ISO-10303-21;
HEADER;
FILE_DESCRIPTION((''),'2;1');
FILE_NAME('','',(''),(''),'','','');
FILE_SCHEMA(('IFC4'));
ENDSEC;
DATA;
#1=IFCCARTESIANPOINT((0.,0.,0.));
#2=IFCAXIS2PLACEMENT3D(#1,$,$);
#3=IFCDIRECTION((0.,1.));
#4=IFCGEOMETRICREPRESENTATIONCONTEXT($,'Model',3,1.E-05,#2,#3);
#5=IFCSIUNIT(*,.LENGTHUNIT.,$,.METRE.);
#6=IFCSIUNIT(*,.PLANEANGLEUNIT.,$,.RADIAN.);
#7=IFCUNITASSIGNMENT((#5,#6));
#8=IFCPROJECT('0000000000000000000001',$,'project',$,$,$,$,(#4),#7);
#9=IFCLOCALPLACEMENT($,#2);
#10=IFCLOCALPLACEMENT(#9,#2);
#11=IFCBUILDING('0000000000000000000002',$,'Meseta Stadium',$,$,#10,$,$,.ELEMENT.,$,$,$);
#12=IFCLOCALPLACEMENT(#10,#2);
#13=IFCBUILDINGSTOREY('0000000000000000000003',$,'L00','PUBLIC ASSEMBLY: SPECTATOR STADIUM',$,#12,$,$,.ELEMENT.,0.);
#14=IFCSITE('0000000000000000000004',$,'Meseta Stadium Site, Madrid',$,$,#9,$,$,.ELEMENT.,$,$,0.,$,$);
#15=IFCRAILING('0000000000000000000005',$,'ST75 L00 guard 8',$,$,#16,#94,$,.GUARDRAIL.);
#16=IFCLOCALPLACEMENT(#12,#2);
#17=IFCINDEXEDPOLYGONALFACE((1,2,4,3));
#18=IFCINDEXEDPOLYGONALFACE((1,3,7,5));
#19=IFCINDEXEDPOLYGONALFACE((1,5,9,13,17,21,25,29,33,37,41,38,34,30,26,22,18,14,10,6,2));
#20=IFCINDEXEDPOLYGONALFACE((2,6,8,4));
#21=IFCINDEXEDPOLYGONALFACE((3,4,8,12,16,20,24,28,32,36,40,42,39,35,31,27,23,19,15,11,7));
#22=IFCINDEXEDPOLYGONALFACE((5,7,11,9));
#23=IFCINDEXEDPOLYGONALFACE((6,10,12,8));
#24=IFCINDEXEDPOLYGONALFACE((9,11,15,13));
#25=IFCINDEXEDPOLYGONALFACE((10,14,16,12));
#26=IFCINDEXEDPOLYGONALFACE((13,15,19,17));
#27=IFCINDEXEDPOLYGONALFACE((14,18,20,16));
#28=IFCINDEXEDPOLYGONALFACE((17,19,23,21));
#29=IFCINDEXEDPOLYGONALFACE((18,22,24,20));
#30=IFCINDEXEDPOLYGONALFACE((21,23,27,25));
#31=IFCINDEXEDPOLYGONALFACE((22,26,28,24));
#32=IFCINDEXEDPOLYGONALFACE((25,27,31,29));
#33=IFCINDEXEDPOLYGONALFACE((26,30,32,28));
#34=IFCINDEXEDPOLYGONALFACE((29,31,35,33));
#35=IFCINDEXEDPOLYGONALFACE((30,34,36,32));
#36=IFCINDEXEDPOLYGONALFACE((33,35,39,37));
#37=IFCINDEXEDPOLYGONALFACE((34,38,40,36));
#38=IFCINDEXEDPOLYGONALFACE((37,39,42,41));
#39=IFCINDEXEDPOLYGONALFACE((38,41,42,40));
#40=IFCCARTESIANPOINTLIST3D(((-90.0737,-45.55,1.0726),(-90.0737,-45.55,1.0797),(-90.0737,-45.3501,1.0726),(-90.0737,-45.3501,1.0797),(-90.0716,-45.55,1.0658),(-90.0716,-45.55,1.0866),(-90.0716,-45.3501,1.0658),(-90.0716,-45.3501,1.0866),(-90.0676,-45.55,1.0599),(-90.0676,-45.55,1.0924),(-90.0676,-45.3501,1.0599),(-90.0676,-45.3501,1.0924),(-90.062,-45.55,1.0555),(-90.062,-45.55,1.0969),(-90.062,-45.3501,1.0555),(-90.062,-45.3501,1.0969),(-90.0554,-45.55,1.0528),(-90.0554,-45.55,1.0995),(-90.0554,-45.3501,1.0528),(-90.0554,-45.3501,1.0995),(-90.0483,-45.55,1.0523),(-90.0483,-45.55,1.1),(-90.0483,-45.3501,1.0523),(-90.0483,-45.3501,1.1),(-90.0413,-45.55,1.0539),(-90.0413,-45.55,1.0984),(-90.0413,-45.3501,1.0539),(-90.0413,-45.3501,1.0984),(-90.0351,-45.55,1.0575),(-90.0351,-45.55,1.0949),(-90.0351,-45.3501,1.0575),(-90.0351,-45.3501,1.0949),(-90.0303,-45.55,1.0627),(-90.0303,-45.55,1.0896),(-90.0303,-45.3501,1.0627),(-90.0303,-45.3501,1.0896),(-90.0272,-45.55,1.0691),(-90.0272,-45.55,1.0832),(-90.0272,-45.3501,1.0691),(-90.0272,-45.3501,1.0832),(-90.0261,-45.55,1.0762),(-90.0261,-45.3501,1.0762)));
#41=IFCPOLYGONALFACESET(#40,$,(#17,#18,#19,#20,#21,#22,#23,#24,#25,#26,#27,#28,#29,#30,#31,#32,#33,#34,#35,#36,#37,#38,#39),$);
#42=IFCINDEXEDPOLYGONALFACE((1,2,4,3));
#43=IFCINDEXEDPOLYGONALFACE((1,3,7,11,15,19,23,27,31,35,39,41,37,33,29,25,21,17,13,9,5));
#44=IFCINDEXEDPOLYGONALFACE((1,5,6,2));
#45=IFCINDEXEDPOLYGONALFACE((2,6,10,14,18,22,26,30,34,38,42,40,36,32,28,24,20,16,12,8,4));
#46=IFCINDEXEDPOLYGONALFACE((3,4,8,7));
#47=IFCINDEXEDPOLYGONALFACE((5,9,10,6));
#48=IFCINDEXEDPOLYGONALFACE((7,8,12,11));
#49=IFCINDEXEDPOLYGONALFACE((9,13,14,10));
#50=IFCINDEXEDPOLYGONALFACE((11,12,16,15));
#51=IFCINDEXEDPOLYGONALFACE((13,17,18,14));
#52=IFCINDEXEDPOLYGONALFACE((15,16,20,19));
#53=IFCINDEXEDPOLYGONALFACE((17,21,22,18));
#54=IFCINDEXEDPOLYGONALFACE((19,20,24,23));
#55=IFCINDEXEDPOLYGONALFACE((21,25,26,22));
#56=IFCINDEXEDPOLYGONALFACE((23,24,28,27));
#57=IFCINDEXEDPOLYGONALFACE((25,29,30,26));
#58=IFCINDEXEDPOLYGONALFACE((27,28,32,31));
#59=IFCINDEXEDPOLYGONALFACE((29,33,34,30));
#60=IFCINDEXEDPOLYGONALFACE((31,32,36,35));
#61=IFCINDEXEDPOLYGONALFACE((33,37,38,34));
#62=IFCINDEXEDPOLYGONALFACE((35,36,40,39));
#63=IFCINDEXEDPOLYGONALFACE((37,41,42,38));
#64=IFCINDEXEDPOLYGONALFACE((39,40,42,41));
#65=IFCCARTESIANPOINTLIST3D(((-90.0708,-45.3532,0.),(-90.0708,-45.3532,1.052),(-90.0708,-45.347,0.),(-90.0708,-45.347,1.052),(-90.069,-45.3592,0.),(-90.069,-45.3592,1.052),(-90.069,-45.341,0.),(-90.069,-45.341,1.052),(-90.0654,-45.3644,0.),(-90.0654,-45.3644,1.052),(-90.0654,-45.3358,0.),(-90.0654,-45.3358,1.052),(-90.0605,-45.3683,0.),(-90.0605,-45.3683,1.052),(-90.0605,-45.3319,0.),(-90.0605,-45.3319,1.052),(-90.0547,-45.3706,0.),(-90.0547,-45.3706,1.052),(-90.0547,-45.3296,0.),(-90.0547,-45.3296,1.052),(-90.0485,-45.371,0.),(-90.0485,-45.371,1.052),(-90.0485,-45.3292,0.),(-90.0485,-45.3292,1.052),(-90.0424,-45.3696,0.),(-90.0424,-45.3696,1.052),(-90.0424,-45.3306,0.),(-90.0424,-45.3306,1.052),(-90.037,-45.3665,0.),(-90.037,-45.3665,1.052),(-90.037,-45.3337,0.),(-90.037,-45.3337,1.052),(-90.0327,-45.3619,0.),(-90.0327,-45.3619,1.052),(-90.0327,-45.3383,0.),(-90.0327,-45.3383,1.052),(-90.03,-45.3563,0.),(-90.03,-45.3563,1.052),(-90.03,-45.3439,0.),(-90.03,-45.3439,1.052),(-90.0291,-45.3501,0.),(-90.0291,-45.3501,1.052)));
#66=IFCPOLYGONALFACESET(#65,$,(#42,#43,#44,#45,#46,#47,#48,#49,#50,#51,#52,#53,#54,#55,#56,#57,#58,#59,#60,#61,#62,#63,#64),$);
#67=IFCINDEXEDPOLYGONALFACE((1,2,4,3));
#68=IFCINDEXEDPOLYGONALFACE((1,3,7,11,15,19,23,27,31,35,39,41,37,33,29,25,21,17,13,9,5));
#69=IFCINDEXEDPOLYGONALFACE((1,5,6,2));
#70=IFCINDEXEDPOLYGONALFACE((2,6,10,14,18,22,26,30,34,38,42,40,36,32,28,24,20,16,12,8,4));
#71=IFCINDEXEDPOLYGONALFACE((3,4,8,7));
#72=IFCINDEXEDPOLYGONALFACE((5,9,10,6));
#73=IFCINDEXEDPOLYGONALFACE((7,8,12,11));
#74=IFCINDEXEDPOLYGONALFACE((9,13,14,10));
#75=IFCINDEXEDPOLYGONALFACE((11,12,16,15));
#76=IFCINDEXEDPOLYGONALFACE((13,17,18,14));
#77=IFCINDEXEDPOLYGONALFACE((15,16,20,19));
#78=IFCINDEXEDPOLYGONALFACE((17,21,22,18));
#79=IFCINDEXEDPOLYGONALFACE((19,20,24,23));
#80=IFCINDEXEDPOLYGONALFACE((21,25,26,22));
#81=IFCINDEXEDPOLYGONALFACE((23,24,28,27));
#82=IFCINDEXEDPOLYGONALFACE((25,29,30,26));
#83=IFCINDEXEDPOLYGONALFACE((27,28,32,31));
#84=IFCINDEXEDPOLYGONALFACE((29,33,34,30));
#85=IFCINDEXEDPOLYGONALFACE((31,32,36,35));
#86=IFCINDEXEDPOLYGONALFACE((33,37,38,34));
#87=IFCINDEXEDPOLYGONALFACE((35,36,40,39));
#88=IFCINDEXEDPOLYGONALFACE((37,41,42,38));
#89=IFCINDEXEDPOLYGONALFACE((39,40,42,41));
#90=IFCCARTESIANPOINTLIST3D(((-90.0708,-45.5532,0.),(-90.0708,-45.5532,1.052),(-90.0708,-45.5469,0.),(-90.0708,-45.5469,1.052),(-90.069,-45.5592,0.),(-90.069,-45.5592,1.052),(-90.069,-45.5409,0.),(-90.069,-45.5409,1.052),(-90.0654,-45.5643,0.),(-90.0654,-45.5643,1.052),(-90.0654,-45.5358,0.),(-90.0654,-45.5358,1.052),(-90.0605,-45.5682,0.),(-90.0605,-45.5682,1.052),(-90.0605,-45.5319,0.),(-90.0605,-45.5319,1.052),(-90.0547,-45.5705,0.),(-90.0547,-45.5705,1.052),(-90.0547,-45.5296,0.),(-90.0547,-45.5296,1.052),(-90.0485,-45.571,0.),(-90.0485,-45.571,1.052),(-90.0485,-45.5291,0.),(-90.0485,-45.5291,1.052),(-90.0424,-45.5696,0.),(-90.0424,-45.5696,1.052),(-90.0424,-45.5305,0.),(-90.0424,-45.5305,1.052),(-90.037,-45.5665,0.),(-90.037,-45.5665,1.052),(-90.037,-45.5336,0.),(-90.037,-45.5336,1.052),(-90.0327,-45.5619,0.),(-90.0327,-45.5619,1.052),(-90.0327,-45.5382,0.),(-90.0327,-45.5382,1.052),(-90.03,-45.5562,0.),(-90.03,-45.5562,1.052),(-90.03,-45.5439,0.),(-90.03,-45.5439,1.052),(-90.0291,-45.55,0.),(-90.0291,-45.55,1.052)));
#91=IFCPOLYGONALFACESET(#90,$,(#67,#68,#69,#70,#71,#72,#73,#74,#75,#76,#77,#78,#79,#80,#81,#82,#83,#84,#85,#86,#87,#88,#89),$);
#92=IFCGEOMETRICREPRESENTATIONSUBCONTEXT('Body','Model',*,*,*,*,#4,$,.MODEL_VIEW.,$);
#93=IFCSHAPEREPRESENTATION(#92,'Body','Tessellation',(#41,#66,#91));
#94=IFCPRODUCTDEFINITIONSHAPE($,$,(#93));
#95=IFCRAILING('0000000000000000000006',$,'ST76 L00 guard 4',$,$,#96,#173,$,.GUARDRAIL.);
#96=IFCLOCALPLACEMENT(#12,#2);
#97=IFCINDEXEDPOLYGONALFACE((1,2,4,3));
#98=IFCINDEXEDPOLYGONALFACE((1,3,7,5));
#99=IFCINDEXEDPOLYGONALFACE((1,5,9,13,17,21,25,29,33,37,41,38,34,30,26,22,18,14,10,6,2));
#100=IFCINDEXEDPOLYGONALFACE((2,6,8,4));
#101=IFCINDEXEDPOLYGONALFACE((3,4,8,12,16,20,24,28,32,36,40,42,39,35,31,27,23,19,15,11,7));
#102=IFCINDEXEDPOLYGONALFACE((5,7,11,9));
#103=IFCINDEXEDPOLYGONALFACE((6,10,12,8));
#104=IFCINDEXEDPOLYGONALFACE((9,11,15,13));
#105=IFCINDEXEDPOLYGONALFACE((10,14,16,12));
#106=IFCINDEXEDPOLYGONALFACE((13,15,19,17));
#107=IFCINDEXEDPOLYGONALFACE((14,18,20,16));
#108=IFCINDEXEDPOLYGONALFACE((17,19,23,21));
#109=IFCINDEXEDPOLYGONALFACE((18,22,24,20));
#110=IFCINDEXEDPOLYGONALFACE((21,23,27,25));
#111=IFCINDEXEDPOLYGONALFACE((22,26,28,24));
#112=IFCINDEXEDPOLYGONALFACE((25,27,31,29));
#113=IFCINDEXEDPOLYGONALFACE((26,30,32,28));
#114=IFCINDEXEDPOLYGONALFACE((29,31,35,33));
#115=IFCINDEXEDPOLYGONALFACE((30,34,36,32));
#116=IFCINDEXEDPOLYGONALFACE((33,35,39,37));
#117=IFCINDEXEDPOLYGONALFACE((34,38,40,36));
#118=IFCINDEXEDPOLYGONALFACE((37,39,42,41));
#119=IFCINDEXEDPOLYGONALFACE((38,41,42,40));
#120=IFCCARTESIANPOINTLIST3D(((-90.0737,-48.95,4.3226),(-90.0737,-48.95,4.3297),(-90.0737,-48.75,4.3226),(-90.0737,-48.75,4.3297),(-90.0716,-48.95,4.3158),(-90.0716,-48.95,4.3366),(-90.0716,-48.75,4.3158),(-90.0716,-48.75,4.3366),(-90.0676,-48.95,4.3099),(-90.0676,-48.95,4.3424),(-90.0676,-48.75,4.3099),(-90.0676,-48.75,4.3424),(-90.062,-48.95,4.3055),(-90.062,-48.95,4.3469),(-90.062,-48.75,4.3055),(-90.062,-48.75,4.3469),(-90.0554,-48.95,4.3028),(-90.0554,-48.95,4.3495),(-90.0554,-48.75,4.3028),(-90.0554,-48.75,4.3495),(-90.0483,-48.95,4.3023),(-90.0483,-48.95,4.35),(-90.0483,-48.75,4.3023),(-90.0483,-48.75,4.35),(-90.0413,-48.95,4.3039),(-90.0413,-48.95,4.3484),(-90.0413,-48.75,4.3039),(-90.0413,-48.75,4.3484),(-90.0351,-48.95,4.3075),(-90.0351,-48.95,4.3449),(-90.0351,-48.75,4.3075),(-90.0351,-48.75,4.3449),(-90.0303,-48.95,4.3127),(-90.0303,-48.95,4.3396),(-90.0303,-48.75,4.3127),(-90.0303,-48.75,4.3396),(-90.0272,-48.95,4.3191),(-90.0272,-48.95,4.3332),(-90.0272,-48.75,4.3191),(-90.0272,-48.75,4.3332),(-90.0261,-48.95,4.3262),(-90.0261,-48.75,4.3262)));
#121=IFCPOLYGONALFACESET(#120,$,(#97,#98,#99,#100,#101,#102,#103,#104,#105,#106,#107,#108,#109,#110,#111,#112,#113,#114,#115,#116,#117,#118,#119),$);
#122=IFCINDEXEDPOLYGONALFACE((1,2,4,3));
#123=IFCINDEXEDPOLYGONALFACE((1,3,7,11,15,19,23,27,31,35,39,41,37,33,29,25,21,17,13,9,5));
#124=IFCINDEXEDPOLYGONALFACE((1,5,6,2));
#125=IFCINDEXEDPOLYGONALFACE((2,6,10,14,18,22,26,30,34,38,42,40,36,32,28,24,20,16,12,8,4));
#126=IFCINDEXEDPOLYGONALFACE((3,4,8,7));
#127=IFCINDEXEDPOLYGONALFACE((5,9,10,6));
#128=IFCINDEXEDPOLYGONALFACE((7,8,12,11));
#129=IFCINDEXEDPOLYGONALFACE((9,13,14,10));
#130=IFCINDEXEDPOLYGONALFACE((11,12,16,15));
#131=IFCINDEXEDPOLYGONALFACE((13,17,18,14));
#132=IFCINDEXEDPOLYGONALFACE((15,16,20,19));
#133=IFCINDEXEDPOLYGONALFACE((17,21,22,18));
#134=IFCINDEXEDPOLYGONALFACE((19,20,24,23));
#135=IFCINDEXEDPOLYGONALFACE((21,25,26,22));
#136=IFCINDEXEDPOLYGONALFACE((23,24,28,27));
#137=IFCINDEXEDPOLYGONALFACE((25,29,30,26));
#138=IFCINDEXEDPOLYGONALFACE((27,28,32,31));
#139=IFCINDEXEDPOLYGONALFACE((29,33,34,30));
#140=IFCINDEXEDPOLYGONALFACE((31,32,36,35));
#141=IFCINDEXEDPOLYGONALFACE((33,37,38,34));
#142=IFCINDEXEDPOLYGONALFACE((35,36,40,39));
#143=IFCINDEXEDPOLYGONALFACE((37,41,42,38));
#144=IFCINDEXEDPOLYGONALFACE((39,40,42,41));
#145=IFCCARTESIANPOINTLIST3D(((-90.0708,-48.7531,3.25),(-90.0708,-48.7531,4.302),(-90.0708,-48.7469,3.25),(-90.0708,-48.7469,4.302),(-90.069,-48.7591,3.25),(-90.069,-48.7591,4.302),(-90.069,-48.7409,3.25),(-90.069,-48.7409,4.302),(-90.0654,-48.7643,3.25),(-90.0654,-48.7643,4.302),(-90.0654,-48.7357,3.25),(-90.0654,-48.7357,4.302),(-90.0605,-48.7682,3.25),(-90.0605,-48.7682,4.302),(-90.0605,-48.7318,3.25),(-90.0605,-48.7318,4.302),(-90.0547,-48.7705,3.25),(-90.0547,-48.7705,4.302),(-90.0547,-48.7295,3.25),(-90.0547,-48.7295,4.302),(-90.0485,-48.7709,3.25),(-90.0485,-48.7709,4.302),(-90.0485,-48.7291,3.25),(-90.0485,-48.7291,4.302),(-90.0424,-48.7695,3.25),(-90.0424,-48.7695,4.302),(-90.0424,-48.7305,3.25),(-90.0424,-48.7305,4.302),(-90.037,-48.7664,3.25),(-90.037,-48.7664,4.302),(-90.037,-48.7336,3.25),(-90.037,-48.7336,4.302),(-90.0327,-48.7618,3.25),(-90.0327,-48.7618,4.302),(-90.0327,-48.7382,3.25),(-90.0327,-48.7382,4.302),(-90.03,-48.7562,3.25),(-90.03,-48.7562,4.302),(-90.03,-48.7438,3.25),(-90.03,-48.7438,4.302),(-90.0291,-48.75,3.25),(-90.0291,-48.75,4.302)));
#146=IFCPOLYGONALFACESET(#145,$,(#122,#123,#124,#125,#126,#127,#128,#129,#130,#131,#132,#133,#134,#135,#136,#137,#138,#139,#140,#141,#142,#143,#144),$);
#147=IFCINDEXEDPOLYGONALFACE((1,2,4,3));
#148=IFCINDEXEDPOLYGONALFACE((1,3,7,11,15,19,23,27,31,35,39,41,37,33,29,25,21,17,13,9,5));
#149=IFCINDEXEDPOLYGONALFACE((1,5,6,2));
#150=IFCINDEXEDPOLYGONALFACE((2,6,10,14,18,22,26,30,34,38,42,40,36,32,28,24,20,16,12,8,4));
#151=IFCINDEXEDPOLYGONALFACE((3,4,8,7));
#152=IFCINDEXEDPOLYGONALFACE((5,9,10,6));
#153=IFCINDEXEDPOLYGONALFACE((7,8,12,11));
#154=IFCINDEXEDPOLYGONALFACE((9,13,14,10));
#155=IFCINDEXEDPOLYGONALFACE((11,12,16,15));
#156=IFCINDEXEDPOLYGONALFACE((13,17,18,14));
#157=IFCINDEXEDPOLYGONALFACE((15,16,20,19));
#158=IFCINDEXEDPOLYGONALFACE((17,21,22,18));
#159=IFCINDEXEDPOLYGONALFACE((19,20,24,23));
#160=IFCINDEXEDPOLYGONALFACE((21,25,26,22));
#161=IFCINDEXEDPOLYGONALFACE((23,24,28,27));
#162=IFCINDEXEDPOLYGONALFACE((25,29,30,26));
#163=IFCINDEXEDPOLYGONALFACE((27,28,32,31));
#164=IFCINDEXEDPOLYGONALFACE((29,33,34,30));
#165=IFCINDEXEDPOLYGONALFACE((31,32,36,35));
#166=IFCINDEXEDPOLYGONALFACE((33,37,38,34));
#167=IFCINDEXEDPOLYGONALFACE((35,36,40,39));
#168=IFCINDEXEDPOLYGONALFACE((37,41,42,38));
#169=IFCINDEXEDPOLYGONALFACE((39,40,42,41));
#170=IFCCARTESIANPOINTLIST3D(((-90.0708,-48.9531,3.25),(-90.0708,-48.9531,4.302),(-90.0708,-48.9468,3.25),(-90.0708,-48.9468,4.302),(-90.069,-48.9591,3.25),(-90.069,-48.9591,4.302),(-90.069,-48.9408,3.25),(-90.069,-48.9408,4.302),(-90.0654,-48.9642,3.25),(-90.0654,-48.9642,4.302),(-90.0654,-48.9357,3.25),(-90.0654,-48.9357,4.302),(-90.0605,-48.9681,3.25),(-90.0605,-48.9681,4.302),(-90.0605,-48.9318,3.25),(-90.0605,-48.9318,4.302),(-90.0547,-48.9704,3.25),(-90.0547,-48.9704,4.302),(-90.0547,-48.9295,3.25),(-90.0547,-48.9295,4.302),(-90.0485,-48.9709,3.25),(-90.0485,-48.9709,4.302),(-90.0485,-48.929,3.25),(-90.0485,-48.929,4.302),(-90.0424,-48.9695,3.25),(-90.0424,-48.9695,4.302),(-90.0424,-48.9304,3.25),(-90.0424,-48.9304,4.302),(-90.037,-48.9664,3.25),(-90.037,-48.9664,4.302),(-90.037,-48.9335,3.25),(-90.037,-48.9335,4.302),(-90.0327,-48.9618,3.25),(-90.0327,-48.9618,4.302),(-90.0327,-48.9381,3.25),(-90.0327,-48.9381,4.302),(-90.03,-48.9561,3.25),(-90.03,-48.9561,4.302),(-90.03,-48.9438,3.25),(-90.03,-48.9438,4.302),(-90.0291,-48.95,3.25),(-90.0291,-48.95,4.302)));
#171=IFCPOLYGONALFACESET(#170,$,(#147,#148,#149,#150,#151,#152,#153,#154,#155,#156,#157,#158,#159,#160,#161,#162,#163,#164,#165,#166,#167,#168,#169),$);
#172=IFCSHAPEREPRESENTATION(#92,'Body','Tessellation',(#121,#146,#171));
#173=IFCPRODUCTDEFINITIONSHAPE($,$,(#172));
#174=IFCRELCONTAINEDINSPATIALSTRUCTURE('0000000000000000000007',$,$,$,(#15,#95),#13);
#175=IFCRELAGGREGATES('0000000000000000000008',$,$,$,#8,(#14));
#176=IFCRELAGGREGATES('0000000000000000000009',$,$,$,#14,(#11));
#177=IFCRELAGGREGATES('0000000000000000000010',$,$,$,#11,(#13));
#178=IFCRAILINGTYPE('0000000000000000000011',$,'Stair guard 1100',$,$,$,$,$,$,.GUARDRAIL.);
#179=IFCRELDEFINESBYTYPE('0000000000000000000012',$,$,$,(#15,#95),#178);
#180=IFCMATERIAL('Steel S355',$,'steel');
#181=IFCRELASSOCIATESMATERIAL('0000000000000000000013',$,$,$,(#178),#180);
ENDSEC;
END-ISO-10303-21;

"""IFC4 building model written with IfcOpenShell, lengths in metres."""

from ifc_helpers import new_model, si_unit, direction, frame, origin, origin_2d, place, context, subcontext, project, spatial, circle, extrude, material, type_object, element, save


model = new_model("IFC4")

# Units and contexts
model_context = context("Model", 3, precision=1e-05, world=origin(), true_north=direction((0.0, 1.0)))
body_context = subcontext(model_context, "Body", "Model", "MODEL_VIEW")
ifc_project = project(units=[si_unit("LENGTHUNIT", "METRE"), si_unit("PLANEANGLEUNIT", "RADIAN")], contexts=[model_context])

# Site, building, storey
site_placement = place(None, origin())
site = spatial("IfcSite", under=ifc_project, at=site_placement, Name="Meseta Stadium Site, Madrid", CompositionType="ELEMENT", RefElevation=0.0)
building_placement = place(site_placement, origin())
building = spatial("IfcBuilding", under=site, at=building_placement, Name="Meseta Stadium", CompositionType="ELEMENT")
storey_placement = place(building_placement, origin())
storey = spatial("IfcBuildingStorey", under=building, at=storey_placement, Name="L00", Description="PUBLIC ASSEMBLY: SPECTATOR STADIUM", CompositionType="ELEMENT", Elevation=0.0)

# Railings
ifc_material_1 = material(Name="Steel S355", Category="steel")
railing_type_1 = type_object("IfcRailingType", Name="Stair guard 1100", PredefinedType="GUARDRAIL", material=ifc_material_1)
for number, where, name in (
    (1, (-90.05, -45.3501, 0.0), "ST75 L00 guard 8"),
    (2, (-90.05, -48.75, 3.25), "ST76 L00 guard 4"),
):
    element("IfcRailing", number, at=place(storey_placement, frame(where)), inside=storey, type_object=railing_type_1, Name=name, PredefinedType="GUARDRAIL", context=body_context, shape_type="SweptSolid", body=[
        extrude(circle(Radius=0.0239, at=origin_2d()), frame((0.0, 0.0, 1.0762), z_axis=(0.0, -1.0, 0.0), x_axis=(1.0, 0.0, 0.0)), (0.0, 0.0, 1.0), 0.2),
        extrude(circle(Radius=0.021, at=origin_2d()), origin(), (0.0, 0.0, 1.0), 1.052),
        extrude(circle(Radius=0.021, at=origin_2d()), frame((0.0, -0.2, 0.0)), (0.0, 0.0, 1.0), 1.052),
    ])

save(model, "model.ifc")
